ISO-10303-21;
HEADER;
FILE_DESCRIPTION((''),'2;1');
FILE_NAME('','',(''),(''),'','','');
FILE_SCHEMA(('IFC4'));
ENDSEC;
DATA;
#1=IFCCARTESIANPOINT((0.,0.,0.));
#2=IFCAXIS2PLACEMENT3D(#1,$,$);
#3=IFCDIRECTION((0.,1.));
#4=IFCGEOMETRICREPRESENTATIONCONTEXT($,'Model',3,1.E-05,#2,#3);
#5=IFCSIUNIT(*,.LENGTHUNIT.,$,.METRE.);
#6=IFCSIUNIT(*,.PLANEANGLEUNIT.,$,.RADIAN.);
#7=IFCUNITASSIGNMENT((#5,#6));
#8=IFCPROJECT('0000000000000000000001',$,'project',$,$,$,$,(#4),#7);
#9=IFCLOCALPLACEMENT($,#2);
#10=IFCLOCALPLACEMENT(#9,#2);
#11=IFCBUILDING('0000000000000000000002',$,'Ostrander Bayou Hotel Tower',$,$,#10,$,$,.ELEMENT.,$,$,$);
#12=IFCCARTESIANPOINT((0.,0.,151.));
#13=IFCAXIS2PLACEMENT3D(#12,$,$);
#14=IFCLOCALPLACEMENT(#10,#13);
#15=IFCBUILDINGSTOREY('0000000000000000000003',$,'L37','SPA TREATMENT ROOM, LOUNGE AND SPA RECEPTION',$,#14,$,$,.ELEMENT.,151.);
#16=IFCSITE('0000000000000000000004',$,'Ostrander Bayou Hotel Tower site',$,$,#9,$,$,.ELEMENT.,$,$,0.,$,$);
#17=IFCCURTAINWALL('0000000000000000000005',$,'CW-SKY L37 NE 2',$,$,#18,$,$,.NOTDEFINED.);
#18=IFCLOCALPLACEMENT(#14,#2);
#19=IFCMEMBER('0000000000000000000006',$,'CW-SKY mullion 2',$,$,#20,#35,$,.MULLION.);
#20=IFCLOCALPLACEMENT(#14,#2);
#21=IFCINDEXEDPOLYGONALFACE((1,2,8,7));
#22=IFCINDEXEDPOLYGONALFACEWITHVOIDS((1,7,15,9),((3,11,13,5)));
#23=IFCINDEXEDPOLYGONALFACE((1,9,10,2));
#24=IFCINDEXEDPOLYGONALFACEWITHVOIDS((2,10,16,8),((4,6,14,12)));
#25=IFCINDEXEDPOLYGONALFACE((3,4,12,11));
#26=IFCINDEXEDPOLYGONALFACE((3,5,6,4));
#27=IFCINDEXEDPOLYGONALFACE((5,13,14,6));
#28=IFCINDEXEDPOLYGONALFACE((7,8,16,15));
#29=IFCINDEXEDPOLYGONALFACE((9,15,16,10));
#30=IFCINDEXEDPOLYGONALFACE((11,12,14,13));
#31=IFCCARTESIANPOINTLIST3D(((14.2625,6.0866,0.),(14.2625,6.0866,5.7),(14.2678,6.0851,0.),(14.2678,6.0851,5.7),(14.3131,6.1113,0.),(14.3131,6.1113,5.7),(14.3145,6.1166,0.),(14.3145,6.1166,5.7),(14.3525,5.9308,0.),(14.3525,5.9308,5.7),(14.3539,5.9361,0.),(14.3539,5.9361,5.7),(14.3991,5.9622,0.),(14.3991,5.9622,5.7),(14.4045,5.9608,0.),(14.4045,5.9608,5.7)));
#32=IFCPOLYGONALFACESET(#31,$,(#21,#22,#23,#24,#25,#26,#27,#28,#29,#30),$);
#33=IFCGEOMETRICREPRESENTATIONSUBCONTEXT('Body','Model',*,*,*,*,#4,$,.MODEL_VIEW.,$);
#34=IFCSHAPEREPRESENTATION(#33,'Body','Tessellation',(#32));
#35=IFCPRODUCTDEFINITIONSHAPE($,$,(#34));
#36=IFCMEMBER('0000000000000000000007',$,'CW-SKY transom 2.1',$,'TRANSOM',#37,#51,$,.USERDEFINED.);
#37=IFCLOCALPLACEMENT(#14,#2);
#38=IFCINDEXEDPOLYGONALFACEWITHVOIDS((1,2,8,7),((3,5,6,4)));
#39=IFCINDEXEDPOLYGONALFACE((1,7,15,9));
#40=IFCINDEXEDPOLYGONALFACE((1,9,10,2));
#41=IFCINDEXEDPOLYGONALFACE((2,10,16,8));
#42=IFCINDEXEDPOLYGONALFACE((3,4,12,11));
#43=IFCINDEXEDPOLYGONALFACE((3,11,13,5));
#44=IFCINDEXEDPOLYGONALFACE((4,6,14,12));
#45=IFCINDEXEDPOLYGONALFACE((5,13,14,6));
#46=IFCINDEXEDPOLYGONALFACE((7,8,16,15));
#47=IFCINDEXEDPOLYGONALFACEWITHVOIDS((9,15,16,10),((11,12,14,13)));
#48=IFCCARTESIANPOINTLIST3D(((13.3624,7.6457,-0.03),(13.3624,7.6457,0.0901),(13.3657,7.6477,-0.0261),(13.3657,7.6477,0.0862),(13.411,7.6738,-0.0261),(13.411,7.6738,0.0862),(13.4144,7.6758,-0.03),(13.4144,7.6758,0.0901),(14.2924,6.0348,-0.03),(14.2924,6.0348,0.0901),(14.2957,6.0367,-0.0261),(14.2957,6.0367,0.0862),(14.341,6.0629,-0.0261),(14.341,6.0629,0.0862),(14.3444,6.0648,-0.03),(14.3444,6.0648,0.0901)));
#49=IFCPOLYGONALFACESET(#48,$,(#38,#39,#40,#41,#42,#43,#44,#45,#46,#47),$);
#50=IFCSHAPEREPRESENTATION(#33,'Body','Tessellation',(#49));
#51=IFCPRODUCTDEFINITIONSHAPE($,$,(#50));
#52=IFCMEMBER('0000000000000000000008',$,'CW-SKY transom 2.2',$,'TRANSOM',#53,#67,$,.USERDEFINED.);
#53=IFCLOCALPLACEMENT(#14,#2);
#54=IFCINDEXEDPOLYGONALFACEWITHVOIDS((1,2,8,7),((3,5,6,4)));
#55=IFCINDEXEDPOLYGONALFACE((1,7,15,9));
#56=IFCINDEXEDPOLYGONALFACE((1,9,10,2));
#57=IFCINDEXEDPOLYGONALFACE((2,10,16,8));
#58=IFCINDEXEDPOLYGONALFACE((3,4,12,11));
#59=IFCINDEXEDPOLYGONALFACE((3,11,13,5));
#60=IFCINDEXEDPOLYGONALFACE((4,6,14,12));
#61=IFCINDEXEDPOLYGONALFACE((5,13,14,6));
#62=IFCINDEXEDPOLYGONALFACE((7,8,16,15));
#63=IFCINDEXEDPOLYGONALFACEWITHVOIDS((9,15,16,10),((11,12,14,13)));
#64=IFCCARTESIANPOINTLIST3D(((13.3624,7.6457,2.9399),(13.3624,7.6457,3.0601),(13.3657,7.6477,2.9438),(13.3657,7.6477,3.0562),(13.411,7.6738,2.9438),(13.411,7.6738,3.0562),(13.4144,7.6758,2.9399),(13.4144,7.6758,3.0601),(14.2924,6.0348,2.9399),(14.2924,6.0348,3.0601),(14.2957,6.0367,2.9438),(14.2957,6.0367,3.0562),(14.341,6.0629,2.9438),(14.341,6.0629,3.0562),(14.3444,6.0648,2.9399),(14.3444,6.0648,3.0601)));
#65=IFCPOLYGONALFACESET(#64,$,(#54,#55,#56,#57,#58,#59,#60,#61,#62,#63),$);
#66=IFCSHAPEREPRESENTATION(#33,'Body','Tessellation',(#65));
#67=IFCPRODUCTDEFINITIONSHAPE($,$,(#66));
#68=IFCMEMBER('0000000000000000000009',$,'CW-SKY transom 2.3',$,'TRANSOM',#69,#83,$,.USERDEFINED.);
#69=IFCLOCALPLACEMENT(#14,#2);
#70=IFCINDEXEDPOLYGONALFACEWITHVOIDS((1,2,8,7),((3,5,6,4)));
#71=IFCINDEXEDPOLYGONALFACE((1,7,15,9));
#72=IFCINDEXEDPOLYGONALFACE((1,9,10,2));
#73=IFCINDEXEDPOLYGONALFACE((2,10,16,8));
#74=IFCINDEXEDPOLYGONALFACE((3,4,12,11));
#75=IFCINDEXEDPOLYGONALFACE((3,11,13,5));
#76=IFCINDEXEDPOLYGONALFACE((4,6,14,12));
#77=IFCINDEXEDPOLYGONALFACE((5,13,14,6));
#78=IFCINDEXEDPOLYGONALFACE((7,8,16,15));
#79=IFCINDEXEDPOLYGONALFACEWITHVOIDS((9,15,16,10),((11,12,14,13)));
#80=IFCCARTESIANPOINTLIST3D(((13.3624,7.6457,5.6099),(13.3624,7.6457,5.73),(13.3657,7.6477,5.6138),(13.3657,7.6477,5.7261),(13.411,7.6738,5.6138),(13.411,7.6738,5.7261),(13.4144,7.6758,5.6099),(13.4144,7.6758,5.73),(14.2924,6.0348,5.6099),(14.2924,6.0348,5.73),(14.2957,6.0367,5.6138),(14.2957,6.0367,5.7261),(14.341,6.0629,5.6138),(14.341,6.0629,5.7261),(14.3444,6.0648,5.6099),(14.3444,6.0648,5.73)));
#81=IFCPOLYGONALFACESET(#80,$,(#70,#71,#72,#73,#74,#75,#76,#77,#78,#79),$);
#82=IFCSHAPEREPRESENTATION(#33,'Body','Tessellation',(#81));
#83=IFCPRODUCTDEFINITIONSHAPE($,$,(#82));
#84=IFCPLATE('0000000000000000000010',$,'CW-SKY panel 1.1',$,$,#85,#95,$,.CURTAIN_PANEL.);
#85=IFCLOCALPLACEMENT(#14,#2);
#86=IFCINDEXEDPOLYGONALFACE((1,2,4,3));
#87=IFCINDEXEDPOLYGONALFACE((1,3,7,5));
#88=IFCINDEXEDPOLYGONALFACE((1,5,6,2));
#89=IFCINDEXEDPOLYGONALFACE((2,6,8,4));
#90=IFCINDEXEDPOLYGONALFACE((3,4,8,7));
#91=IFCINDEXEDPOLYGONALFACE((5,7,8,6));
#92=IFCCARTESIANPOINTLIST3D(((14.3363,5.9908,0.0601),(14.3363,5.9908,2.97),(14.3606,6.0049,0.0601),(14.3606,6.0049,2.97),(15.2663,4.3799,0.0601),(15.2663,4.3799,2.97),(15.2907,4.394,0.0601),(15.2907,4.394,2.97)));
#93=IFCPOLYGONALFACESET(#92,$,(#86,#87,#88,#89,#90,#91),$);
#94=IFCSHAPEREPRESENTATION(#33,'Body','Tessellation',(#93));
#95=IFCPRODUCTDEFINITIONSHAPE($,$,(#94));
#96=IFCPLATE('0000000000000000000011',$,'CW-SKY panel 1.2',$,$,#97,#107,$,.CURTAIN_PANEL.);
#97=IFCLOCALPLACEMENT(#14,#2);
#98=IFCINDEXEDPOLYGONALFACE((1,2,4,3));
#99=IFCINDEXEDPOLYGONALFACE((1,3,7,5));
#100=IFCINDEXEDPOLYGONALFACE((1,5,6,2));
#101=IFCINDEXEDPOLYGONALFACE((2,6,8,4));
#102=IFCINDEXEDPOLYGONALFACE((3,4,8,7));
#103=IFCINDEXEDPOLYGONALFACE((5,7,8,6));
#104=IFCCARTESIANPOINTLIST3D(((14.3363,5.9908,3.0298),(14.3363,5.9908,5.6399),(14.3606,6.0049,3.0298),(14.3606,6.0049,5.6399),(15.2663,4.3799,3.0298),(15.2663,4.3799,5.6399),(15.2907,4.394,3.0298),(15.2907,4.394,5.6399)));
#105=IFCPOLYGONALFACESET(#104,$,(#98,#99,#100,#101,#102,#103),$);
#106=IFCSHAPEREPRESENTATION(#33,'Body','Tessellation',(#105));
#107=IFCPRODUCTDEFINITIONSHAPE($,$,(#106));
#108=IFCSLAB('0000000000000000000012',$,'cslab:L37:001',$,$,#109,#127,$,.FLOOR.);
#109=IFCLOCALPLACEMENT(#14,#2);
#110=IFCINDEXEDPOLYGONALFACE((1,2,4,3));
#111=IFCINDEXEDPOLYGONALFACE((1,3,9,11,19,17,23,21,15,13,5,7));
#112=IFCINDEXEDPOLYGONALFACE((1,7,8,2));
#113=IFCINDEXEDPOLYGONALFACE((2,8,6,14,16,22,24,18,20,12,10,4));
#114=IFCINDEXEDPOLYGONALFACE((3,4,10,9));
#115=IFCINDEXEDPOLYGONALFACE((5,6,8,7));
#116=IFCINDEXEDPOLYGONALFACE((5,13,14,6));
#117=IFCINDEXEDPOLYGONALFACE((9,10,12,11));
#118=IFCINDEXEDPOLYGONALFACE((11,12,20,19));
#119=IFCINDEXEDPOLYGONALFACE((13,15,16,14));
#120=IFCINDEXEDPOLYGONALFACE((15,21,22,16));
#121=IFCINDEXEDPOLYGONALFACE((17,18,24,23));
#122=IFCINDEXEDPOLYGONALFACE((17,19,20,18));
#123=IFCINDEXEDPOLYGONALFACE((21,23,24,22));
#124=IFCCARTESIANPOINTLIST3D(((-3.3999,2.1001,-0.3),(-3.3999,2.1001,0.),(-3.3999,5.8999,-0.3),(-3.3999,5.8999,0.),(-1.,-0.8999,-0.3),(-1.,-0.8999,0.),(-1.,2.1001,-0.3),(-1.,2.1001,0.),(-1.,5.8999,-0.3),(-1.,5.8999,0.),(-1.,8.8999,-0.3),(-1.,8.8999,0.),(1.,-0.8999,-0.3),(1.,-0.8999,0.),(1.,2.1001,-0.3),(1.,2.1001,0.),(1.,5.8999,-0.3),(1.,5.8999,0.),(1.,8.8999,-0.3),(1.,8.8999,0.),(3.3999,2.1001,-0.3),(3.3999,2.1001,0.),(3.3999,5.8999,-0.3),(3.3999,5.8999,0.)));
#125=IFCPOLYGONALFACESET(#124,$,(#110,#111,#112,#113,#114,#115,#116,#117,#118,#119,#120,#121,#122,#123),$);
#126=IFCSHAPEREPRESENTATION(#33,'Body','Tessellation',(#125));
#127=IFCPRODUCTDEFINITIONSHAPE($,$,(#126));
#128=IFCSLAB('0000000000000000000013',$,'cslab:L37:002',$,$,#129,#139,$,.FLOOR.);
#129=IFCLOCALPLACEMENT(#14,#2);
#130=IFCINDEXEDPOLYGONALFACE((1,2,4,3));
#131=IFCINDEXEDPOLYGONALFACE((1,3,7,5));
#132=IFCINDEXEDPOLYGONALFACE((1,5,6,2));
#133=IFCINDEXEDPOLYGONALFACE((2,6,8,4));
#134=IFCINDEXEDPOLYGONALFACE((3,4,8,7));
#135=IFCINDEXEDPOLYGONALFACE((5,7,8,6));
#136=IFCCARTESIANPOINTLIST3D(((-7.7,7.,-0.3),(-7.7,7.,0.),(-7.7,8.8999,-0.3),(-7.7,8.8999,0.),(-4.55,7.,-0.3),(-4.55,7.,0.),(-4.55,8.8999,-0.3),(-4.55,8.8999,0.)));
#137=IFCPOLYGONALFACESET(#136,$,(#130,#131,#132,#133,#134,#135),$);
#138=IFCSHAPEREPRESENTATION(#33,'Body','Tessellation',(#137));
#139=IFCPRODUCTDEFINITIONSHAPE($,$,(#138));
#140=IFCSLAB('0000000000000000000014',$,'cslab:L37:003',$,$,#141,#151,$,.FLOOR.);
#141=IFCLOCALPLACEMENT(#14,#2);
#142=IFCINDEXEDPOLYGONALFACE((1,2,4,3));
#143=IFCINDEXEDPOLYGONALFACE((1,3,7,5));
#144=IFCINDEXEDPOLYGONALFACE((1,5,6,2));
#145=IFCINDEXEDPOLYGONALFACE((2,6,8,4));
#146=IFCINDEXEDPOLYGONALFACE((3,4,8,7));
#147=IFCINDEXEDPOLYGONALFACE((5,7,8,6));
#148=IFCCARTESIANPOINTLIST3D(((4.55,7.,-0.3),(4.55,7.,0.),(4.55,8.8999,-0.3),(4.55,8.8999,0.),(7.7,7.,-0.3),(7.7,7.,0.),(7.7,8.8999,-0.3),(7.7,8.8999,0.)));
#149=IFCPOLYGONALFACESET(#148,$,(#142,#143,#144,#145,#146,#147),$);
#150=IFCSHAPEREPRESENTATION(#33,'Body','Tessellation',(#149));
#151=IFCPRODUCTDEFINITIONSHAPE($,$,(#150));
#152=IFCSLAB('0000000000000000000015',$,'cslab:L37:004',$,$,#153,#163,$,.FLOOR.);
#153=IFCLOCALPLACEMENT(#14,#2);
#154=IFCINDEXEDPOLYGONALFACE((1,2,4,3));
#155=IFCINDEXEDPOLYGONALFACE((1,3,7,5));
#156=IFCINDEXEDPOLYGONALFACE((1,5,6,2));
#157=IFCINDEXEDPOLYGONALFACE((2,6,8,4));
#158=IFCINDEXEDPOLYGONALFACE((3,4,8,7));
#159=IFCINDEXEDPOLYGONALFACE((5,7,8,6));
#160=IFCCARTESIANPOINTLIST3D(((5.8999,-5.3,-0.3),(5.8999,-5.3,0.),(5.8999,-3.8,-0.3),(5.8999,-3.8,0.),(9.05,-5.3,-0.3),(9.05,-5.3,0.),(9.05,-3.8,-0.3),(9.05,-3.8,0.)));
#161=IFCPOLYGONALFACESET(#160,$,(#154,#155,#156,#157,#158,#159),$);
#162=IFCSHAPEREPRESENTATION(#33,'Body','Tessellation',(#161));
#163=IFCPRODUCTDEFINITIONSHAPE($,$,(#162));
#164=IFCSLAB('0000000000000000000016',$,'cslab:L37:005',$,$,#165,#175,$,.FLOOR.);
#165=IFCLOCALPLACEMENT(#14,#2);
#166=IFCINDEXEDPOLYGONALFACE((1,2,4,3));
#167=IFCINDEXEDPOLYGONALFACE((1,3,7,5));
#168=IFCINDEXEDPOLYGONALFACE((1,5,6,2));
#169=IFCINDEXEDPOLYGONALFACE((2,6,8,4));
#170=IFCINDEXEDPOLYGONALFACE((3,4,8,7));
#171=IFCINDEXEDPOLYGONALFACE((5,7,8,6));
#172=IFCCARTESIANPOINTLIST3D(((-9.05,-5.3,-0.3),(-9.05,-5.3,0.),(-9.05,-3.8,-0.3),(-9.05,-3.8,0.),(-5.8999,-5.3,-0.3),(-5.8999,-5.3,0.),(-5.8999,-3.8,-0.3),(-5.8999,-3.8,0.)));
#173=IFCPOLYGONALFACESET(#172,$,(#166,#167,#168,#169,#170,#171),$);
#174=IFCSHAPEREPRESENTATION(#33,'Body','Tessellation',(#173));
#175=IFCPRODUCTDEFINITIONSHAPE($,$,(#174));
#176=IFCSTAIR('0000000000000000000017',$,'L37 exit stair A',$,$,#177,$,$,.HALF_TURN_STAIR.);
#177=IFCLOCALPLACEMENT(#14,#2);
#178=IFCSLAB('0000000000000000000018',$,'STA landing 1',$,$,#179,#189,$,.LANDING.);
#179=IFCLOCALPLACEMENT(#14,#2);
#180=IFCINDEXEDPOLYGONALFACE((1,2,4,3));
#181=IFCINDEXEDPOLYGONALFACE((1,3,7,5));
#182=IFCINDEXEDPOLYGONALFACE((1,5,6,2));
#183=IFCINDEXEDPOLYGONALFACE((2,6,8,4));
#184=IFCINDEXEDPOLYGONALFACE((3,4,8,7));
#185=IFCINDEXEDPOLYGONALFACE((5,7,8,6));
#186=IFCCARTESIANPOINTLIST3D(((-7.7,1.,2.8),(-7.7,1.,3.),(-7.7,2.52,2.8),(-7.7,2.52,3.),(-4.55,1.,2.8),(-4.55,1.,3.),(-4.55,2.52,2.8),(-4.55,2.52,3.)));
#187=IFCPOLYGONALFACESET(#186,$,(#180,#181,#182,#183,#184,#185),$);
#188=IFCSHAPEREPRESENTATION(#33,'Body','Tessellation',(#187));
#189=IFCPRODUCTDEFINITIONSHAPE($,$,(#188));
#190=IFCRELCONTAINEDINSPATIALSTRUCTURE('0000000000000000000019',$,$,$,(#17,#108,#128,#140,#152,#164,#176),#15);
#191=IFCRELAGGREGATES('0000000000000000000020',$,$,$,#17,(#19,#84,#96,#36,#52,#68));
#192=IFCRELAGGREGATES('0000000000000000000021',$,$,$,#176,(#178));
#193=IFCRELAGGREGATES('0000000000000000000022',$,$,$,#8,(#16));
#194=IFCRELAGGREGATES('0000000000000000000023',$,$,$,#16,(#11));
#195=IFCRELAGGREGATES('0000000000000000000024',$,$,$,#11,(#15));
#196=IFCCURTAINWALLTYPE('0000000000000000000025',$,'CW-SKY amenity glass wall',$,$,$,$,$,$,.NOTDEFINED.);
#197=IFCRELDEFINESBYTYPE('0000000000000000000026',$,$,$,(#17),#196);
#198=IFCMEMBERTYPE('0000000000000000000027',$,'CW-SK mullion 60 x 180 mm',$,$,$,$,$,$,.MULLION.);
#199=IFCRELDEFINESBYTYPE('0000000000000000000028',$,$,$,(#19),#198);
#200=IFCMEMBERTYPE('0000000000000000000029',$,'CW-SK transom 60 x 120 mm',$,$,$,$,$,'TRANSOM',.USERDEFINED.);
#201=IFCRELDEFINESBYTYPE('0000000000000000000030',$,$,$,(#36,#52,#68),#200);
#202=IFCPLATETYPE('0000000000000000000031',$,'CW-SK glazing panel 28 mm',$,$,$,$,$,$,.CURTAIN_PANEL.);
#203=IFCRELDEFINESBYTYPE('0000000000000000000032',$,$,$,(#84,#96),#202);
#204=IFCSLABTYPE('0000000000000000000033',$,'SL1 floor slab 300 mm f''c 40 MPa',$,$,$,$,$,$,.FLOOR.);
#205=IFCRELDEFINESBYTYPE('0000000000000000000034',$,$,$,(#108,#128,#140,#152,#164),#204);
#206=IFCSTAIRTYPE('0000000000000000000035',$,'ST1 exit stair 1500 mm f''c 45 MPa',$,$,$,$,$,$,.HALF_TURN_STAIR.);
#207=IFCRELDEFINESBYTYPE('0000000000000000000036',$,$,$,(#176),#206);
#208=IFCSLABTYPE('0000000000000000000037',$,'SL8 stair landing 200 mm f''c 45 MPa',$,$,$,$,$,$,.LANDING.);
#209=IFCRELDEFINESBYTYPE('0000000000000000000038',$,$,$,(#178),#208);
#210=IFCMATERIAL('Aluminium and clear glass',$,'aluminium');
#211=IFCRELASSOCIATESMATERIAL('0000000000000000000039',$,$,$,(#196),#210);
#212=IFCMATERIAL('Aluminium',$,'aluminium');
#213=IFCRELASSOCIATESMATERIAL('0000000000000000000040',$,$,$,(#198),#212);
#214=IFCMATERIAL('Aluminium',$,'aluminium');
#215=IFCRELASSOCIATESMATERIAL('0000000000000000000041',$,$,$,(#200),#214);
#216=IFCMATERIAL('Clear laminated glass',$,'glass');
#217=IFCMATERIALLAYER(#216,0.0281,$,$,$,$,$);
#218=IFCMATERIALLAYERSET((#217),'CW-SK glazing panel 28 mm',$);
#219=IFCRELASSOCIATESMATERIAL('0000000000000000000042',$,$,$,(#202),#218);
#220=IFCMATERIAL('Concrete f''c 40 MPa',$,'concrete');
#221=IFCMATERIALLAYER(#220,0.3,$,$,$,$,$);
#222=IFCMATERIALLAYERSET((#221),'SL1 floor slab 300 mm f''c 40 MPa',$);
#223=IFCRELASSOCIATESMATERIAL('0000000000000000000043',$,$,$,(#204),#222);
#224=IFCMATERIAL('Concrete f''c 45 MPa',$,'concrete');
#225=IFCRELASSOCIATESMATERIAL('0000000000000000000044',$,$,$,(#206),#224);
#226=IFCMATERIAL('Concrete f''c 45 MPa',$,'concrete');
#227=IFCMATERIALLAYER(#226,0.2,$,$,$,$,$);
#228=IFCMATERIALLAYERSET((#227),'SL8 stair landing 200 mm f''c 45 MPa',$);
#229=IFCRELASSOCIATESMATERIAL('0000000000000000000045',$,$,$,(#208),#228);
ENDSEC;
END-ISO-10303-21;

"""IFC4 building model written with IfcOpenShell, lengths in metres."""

from ifc_helpers import new_model, si_unit, direction, frame, origin, origin_2d, place, context, subcontext, project, spatial, polyline, rectangle, hollow_rectangle, outline, extrude, material, layer, layer_set, material_profile, profile_set, type_object, element, aggregate, save


model = new_model("IFC4")

# Units and contexts
model_context = context("Model", 3, precision=1e-05, world=origin(), true_north=direction((0.0, 1.0)))
body_context = subcontext(model_context, "Body", "Model", "MODEL_VIEW")
ifc_project = project(units=[si_unit("LENGTHUNIT", "METRE"), si_unit("PLANEANGLEUNIT", "RADIAN")], contexts=[model_context])

# Site, building, storey
site_placement = place(None, origin())
site = spatial("IfcSite", under=ifc_project, at=site_placement, Name="Ostrander Bayou Hotel Tower site", CompositionType="ELEMENT", RefElevation=0.0)
building_placement = place(site_placement, origin())
building = spatial("IfcBuilding", under=site, at=building_placement, Name="Ostrander Bayou Hotel Tower", CompositionType="ELEMENT")
storey_placement = place(building_placement, frame((0.0, 0.0, 151.0)))
storey = spatial("IfcBuildingStorey", under=building, at=storey_placement, Name="L37", Description="SPA TREATMENT ROOM, LOUNGE AND SPA RECEPTION", CompositionType="ELEMENT", Elevation=151.0)

# Curtain wall, members, plates
ifc_material_1 = material(Name="Aluminium and clear glass", Category="aluminium")
curtain_wall_type = type_object("IfcCurtainWallType", Name="CW-SKY amenity glass wall", PredefinedType="NOTDEFINED", material=ifc_material_1)
curtain_wall_placement = place(storey_placement, origin())
curtain_wall = element("IfcCurtainWall", 1, at=curtain_wall_placement, inside=storey, type_object=curtain_wall_type, Name="CW-SKY L37 NE 2", PredefinedType="NOTDEFINED")
ifc_material_2 = material(Name="Aluminium", Category="aluminium")
ifc_material_profile_1 = material_profile(ifc_material_2, hollow_rectangle(XDim=0.0601, YDim=0.1799, WallThickness=0.0039, at=origin_2d()))
ifc_profile_set_1 = profile_set([ifc_material_profile_1], Name="Aluminium")
member_type_1 = type_object("IfcMemberType", Name="CW-SK mullion 60 x 180 mm", PredefinedType="MULLION", material=ifc_profile_set_1)
member_1_placement = place(storey_placement, frame((14.3335, 6.0237, 0.0), z_axis=(0.0, 0.0, 1.0), x_axis=(-0.866025, -0.5, 0.0)))
member_1 = element("IfcMember", 2, at=member_1_placement, type_object=member_type_1, Name="CW-SKY mullion 2", PredefinedType="MULLION", context=body_context, shape_type="SweptSolid", body=[
    extrude(hollow_rectangle(XDim=0.0601, YDim=0.1799, WallThickness=0.0039, at=origin_2d()), origin(), (0.0, 0.0, 1.0), 5.7),
])
ifc_material_3 = material(Name="Aluminium", Category="aluminium")
ifc_material_profile_2 = material_profile(ifc_material_3, hollow_rectangle(XDim=0.0601, YDim=0.1201, WallThickness=0.0039, at=origin_2d()))
ifc_profile_set_2 = profile_set([ifc_material_profile_2], Name="Aluminium")
member_type_2 = type_object("IfcMemberType", Name="CW-SK transom 60 x 120 mm", ElementType="TRANSOM", PredefinedType="USERDEFINED", material=ifc_profile_set_2)
member_2_placement = place(storey_placement, frame((14.3184, 6.0498, 0.03), z_axis=(-0.499965, 0.866046, 0.0), x_axis=(-0.866046, -0.499965, 0.0)))
member_2 = element("IfcMember", 3, at=member_2_placement, type_object=member_type_2, Name="CW-SKY transom 2.1", ObjectType="TRANSOM", PredefinedType="USERDEFINED", context=body_context, shape_type="SweptSolid", body=[
    extrude(hollow_rectangle(XDim=0.0601, YDim=0.1201, WallThickness=0.0039, at=origin_2d()), origin(), (0.0, 0.0, 1.0), 1.8601),
])
member_3_placement = place(storey_placement, frame((14.3184, 6.0498, 3.0), z_axis=(-0.499965, 0.866046, 0.0), x_axis=(-0.866046, -0.499965, 0.0)))
member_3 = element("IfcMember", 4, at=member_3_placement, type_object=member_type_2, Name="CW-SKY transom 2.2", ObjectType="TRANSOM", PredefinedType="USERDEFINED", context=body_context, shape_type="SweptSolid", body=[
    extrude(hollow_rectangle(XDim=0.0601, YDim=0.1201, WallThickness=0.0039, at=origin_2d()), origin(), (0.0, 0.0, 1.0), 1.8601),
])
member_4_placement = place(storey_placement, frame((14.3184, 6.0498, 5.6699), z_axis=(-0.499965, 0.866046, 0.0), x_axis=(-0.866046, -0.499965, 0.0)))
member_4 = element("IfcMember", 5, at=member_4_placement, type_object=member_type_2, Name="CW-SKY transom 2.3", ObjectType="TRANSOM", PredefinedType="USERDEFINED", context=body_context, shape_type="SweptSolid", body=[
    extrude(hollow_rectangle(XDim=0.0601, YDim=0.1201, WallThickness=0.0039, at=origin_2d()), origin(), (0.0, 0.0, 1.0), 1.8601),
])
ifc_material_4 = material(Name="Clear laminated glass", Category="glass")
ifc_layer_1 = layer(ifc_material_4, 0.0281)
ifc_layer_set_1 = layer_set([ifc_layer_1], Name="CW-SK glazing panel 28 mm")
plate_type = type_object("IfcPlateType", Name="CW-SK glazing panel 28 mm", PredefinedType="CURTAIN_PANEL", material=ifc_layer_set_1)
plate_1_placement = place(storey_placement, frame((14.8135, 5.1924, 0.0601), z_axis=(0.0, 0.0, 1.0), x_axis=(-0.5, 0.866025, 0.0)))
plate_1 = element("IfcPlate", 6, at=plate_1_placement, type_object=plate_type, Name="CW-SKY panel 1.1", PredefinedType="CURTAIN_PANEL", context=body_context, shape_type="SweptSolid", body=[
    extrude(rectangle(XDim=1.8601, YDim=0.0281, at=origin_2d()), origin(), (0.0, 0.0, 1.0), 2.9099),
])
plate_2_placement = place(storey_placement, frame((14.8135, 5.1924, 3.0298), z_axis=(0.0, 0.0, 1.0), x_axis=(-0.5, 0.866025, 0.0)))
plate_2 = element("IfcPlate", 7, at=plate_2_placement, type_object=plate_type, Name="CW-SKY panel 1.2", PredefinedType="CURTAIN_PANEL", context=body_context, shape_type="SweptSolid", body=[
    extrude(rectangle(XDim=1.8601, YDim=0.0281, at=origin_2d()), origin(), (0.0, 0.0, 1.0), 2.6101),
])
aggregate(curtain_wall, [member_1, plate_1, plate_2, member_2, member_3, member_4])

# Slabs
ifc_material_5 = material(Name="Concrete f'c 40 MPa", Category="concrete")
ifc_layer_2 = layer(ifc_material_5, 0.3)
ifc_layer_set_2 = layer_set([ifc_layer_2], Name="SL1 floor slab 300 mm f'c 40 MPa")
slab_type_1 = type_object("IfcSlabType", Name="SL1 floor slab 300 mm f'c 40 MPa", PredefinedType="FLOOR", material=ifc_layer_set_2)
slab_1_placement = place(storey_placement, frame((0.0, 0.0, -0.3)))
element("IfcSlab", 8, at=slab_1_placement, inside=storey, type_object=slab_type_1, Name="cslab:L37:001", PredefinedType="FLOOR", context=body_context, shape_type="SweptSolid", body=[
    extrude(outline(polyline([(-3.3999, 5.8999), (-1.0, 5.8999), (-1.0, 8.8999), (1.0, 8.8999), (1.0, 5.8999), (3.3999, 5.8999), (3.3999, 2.1001), (1.0, 2.1001), (1.0, -0.8999), (-1.0, -0.8999), (-1.0, 2.1001), (-3.3999, 2.1001), (-3.3999, 5.8999)])), origin(), (0.0, 0.0, 1.0), 0.3),
])
slab_2_placement = place(storey_placement, frame((0.0, 0.0, -0.3)))
element("IfcSlab", 9, at=slab_2_placement, inside=storey, type_object=slab_type_1, Name="cslab:L37:002", PredefinedType="FLOOR", context=body_context, shape_type="SweptSolid", body=[
    extrude(outline(polyline([(-4.55, 7.0), (-4.55, 8.8999), (-7.7, 8.8999), (-7.7, 7.0), (-4.55, 7.0)])), origin(), (0.0, 0.0, 1.0), 0.3),
])
slab_3_placement = place(storey_placement, frame((0.0, 0.0, -0.3)))
element("IfcSlab", 10, at=slab_3_placement, inside=storey, type_object=slab_type_1, Name="cslab:L37:003", PredefinedType="FLOOR", context=body_context, shape_type="SweptSolid", body=[
    extrude(outline(polyline([(7.7, 7.0), (7.7, 8.8999), (4.55, 8.8999), (4.55, 7.0), (7.7, 7.0)])), origin(), (0.0, 0.0, 1.0), 0.3),
])
slab_4_placement = place(storey_placement, frame((0.0, 0.0, -0.3)))
element("IfcSlab", 11, at=slab_4_placement, inside=storey, type_object=slab_type_1, Name="cslab:L37:004", PredefinedType="FLOOR", context=body_context, shape_type="SweptSolid", body=[
    extrude(outline(polyline([(9.05, -5.3), (9.05, -3.8), (5.8999, -3.8), (5.8999, -5.3), (9.05, -5.3)])), origin(), (0.0, 0.0, 1.0), 0.3),
])
slab_5_placement = place(storey_placement, frame((0.0, 0.0, -0.3)))
element("IfcSlab", 12, at=slab_5_placement, inside=storey, type_object=slab_type_1, Name="cslab:L37:005", PredefinedType="FLOOR", context=body_context, shape_type="SweptSolid", body=[
    extrude(outline(polyline([(-5.8999, -5.3), (-5.8999, -3.8), (-9.05, -3.8), (-9.05, -5.3), (-5.8999, -5.3)])), origin(), (0.0, 0.0, 1.0), 0.3),
])

# Stair, slab
ifc_material_6 = material(Name="Concrete f'c 45 MPa", Category="concrete")
stair_type = type_object("IfcStairType", Name="ST1 exit stair 1500 mm f'c 45 MPa", PredefinedType="HALF_TURN_STAIR", material=ifc_material_6)
stair_1_placement = place(storey_placement, origin())
stair_1 = element("IfcStair", 13, at=stair_1_placement, inside=storey, type_object=stair_type, Name="L37 exit stair A", PredefinedType="HALF_TURN_STAIR")
ifc_material_7 = material(Name="Concrete f'c 45 MPa", Category="concrete")
ifc_layer_3 = layer(ifc_material_7, 0.2)
ifc_layer_set_3 = layer_set([ifc_layer_3], Name="SL8 stair landing 200 mm f'c 45 MPa")
slab_type_2 = type_object("IfcSlabType", Name="SL8 stair landing 200 mm f'c 45 MPa", PredefinedType="LANDING", material=ifc_layer_set_3)
slab_6_placement = place(storey_placement, frame((0.0, 0.0, 2.8)))
slab_6 = element("IfcSlab", 14, at=slab_6_placement, type_object=slab_type_2, Name="STA landing 1", PredefinedType="LANDING", context=body_context, shape_type="SweptSolid", body=[
    extrude(outline(polyline([(-7.7, 2.52), (-7.7, 1.0), (-4.55, 1.0), (-4.55, 2.52), (-7.7, 2.52)])), origin(), (0.0, 0.0, 1.0), 0.2),
])
aggregate(stair_1, [slab_6])

save(model, "model.ifc")
